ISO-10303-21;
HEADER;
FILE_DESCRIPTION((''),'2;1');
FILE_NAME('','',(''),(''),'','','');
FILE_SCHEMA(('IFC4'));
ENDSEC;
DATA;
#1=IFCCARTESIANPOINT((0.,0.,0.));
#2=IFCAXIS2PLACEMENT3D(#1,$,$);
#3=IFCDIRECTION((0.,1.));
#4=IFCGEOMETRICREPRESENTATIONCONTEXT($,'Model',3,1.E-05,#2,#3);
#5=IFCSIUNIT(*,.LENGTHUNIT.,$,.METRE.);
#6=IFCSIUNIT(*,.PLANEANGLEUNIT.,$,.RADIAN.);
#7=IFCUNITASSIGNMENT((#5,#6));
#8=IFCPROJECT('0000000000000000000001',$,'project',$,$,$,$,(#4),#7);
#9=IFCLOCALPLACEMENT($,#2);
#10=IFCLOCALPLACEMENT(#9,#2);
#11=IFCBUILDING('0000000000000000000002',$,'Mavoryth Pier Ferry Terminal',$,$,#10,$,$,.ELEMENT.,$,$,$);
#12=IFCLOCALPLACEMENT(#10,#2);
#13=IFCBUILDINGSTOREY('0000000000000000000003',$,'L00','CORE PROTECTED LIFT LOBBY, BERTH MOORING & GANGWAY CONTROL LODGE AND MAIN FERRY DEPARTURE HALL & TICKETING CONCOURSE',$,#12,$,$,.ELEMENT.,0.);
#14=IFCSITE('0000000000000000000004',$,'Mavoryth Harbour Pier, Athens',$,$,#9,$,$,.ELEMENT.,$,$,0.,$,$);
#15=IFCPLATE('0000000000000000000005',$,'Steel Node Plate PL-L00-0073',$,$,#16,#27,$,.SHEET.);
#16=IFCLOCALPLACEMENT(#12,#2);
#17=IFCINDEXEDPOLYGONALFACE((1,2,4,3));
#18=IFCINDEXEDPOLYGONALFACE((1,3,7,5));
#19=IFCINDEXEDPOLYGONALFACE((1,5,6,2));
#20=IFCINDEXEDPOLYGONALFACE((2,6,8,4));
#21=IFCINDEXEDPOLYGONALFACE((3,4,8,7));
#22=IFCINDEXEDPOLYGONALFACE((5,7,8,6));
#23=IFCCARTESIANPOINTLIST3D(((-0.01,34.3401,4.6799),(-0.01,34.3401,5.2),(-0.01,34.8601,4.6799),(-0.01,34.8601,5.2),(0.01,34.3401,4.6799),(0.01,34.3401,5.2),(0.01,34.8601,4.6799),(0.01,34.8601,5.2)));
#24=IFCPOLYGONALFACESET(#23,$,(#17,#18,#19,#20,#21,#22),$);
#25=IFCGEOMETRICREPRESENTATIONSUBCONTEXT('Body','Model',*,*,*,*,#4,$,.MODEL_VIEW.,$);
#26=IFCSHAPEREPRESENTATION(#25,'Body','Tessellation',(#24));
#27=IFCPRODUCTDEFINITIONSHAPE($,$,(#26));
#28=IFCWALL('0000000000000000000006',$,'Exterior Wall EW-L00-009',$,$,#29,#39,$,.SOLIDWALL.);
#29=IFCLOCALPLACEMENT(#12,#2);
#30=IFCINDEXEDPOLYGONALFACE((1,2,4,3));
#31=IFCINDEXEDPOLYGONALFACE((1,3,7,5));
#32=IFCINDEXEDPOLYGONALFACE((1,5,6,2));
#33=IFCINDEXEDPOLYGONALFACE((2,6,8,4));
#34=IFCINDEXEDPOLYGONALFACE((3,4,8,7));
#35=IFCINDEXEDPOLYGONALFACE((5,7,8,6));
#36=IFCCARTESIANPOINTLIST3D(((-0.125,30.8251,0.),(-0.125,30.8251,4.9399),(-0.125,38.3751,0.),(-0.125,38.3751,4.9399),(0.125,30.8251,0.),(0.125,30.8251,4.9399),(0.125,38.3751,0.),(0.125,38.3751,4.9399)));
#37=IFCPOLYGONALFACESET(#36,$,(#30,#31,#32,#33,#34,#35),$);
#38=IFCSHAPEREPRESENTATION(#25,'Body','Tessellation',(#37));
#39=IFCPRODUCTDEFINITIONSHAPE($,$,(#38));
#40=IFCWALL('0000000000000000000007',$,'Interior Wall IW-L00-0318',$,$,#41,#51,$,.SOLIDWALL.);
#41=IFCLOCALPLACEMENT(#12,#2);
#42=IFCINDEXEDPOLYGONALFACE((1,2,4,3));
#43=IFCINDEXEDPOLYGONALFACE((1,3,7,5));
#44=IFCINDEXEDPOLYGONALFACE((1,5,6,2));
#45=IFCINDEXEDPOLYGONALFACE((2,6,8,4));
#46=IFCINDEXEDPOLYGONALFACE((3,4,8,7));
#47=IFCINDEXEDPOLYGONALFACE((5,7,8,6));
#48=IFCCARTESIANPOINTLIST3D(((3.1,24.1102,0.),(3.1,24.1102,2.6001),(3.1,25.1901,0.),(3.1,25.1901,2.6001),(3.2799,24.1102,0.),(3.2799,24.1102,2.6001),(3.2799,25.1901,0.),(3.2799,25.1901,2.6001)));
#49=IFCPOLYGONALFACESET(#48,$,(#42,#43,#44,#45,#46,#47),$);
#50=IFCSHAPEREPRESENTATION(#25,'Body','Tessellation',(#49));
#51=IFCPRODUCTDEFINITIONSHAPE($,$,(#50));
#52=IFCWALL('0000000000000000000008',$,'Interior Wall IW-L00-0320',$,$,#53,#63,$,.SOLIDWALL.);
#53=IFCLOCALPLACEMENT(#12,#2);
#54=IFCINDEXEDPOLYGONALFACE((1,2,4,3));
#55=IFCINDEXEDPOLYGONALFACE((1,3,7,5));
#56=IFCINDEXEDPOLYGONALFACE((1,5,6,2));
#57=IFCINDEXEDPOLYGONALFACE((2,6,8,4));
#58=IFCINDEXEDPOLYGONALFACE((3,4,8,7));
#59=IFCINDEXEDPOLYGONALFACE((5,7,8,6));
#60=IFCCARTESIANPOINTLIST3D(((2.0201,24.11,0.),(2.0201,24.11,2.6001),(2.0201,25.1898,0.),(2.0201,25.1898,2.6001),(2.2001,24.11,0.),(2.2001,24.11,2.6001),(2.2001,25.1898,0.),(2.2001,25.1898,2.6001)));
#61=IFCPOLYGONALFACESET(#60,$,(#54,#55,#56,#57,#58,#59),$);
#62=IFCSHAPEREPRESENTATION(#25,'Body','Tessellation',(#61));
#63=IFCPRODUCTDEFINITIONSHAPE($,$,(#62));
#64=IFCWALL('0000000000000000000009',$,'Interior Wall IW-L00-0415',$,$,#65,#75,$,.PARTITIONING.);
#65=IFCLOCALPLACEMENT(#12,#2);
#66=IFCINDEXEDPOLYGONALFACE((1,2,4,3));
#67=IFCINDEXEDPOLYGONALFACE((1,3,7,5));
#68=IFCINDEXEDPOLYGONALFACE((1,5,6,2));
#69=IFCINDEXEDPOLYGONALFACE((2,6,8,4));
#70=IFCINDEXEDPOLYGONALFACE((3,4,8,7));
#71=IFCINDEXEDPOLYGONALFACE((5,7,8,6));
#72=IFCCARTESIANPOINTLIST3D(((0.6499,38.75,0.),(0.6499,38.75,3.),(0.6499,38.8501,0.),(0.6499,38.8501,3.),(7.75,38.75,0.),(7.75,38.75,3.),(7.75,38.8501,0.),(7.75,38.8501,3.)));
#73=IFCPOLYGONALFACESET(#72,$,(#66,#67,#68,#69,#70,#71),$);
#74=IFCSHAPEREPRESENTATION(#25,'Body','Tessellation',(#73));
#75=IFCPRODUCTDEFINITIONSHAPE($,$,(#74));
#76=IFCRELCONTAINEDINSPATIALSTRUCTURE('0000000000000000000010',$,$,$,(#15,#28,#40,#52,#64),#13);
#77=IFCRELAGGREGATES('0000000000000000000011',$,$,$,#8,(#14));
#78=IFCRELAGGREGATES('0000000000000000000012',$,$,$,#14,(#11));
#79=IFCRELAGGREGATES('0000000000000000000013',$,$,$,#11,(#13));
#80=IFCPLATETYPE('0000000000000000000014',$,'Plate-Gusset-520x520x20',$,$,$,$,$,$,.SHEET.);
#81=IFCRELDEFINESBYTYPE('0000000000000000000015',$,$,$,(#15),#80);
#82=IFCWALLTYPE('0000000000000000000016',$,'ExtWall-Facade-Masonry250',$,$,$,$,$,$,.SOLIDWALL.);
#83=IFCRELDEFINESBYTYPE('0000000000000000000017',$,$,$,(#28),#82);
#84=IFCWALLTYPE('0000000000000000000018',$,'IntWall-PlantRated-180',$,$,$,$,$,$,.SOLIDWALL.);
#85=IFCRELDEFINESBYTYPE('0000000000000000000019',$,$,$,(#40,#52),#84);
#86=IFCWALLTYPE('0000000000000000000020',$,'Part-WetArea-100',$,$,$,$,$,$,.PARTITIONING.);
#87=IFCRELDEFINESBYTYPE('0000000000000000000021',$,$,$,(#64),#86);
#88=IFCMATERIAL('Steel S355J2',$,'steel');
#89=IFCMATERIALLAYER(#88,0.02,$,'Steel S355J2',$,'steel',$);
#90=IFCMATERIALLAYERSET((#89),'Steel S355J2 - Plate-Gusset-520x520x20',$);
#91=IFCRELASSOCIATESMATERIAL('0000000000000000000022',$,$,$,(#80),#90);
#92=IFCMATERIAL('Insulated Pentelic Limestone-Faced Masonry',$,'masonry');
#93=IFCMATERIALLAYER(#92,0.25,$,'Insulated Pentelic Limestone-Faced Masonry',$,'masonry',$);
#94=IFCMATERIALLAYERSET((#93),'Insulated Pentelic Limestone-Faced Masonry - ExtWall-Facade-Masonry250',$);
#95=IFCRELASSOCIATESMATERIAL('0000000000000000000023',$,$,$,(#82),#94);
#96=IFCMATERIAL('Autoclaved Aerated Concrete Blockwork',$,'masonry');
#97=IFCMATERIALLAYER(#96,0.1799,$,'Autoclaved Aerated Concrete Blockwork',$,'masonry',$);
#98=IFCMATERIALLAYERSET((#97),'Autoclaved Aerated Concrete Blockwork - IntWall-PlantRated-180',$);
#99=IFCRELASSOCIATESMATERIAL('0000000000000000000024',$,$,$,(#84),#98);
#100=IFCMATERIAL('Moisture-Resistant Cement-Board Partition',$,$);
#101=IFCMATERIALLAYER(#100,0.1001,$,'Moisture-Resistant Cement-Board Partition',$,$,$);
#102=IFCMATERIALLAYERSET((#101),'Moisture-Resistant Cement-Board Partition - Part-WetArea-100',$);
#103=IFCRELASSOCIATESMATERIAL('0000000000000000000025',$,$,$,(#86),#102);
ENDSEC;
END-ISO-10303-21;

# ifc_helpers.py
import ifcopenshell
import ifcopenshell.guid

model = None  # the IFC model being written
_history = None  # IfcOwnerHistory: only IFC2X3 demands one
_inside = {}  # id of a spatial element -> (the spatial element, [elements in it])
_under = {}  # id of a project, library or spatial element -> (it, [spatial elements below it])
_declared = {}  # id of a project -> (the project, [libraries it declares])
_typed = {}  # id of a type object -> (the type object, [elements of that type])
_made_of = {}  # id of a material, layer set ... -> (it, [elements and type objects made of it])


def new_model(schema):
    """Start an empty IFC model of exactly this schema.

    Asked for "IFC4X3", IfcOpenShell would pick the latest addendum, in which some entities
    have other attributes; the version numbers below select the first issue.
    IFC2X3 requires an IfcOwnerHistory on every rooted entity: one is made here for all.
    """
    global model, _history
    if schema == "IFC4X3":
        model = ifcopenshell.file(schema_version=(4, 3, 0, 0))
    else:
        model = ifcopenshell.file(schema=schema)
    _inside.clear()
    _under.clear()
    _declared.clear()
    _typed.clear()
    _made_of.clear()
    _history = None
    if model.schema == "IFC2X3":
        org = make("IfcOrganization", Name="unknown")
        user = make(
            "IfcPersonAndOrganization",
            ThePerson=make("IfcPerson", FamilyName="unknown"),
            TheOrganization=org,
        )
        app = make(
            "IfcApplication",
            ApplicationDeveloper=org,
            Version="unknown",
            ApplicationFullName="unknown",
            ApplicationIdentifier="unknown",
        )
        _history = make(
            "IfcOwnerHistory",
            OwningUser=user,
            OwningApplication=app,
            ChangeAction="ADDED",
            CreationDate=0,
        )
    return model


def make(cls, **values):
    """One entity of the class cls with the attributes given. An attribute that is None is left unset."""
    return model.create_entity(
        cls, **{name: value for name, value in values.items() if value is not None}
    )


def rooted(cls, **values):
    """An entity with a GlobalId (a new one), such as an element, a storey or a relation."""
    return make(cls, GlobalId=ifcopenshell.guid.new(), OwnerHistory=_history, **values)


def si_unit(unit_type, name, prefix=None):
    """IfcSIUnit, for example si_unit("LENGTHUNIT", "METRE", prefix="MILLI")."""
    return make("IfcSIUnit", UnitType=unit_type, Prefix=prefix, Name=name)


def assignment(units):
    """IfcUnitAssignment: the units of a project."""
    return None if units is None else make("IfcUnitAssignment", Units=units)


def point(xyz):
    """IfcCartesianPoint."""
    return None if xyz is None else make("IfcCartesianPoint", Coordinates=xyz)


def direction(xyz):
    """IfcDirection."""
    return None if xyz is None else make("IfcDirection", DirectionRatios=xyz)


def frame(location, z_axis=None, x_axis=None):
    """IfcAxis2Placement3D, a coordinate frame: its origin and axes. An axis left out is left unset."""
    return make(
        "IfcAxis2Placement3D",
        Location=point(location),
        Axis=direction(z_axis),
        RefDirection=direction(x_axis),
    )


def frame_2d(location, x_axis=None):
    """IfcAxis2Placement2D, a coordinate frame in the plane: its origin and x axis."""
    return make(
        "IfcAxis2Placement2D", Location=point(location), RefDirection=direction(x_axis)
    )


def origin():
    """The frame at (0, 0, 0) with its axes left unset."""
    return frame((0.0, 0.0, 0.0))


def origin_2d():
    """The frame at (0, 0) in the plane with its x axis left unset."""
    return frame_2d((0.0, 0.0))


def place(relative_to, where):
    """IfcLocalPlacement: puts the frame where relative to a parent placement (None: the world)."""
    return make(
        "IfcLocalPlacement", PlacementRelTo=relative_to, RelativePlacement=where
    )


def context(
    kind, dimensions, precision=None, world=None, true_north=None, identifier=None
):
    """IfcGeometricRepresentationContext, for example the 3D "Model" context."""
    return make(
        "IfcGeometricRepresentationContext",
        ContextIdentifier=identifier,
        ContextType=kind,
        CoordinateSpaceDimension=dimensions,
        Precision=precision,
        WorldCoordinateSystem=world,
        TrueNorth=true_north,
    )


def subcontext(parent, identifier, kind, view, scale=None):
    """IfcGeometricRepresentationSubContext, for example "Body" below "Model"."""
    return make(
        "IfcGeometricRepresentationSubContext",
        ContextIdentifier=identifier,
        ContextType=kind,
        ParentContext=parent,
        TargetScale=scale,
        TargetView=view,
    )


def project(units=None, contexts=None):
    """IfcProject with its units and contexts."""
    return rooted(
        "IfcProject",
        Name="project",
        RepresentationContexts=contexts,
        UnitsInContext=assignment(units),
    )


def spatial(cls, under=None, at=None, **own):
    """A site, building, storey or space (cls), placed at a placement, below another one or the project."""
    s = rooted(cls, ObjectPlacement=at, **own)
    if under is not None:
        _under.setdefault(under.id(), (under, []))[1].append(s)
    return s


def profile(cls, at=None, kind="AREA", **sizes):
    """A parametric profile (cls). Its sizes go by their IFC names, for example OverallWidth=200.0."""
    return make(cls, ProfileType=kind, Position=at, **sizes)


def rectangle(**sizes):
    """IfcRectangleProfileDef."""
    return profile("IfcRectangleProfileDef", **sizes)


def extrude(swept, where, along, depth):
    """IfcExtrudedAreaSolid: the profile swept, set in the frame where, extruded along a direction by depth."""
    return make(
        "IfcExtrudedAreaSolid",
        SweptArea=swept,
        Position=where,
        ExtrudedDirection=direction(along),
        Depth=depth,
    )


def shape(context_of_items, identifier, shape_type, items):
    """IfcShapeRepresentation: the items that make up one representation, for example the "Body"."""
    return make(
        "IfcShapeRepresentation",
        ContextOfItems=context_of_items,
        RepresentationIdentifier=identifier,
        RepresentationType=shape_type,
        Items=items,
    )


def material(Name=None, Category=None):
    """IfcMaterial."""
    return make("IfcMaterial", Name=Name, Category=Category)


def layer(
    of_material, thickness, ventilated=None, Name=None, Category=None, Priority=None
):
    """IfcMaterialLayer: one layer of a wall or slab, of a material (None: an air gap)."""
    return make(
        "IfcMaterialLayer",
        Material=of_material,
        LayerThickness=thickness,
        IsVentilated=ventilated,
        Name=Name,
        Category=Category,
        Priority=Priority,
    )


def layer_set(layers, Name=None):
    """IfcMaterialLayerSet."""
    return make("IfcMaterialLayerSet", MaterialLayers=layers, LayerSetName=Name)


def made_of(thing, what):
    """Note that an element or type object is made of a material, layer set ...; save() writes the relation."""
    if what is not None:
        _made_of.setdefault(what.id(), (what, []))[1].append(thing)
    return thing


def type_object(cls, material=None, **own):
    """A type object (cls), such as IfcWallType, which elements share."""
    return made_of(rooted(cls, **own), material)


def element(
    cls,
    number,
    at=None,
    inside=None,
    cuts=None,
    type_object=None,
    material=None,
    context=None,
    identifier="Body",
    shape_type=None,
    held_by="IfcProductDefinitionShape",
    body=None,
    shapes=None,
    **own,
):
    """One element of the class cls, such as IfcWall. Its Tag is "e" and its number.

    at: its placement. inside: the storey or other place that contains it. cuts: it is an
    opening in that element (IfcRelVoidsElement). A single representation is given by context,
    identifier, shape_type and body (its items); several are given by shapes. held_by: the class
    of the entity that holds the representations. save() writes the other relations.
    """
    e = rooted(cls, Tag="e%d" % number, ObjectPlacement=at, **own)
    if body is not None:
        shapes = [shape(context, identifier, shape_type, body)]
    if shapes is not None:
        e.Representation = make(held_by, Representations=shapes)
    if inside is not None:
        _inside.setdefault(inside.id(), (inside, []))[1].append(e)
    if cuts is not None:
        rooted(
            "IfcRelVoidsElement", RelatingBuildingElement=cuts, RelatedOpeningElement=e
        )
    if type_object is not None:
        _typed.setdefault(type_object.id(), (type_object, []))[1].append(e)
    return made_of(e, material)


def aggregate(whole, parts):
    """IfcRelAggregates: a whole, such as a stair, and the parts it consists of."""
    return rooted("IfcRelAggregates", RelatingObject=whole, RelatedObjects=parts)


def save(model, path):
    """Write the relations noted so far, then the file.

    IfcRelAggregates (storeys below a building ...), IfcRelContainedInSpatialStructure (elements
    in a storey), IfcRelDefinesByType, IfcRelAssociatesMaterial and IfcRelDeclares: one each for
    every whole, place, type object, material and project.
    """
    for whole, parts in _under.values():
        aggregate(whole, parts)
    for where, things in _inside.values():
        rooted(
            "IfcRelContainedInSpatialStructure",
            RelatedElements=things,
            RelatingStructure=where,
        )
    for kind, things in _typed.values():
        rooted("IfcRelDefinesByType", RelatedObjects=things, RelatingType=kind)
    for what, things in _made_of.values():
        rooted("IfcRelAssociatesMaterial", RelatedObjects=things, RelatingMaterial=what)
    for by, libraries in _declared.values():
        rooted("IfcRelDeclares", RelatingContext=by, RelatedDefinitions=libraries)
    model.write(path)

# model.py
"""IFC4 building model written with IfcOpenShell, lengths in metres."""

from ifc_helpers import new_model, si_unit, direction, frame, frame_2d, origin, origin_2d, place, context, subcontext, project, spatial, rectangle, extrude, material, layer, layer_set, type_object, element, save


model = new_model("IFC4")

# Units and contexts
model_context = context("Model", 3, precision=1e-05, world=origin(), true_north=direction((0.0, 1.0)))
body_context = subcontext(model_context, "Body", "Model", "MODEL_VIEW")
ifc_project = project(units=[si_unit("LENGTHUNIT", "METRE"), si_unit("PLANEANGLEUNIT", "RADIAN")], contexts=[model_context])

# Site, building, storey
site_placement = place(None, origin())
site = spatial("IfcSite", under=ifc_project, at=site_placement, Name="Mavoryth Harbour Pier, Athens", CompositionType="ELEMENT", RefElevation=0.0)
building_placement = place(site_placement, origin())
building = spatial("IfcBuilding", under=site, at=building_placement, Name="Mavoryth Pier Ferry Terminal", CompositionType="ELEMENT")
storey_placement = place(building_placement, origin())
storey = spatial("IfcBuildingStorey", under=building, at=storey_placement, Name="L00", Description="CORE PROTECTED LIFT LOBBY, BERTH MOORING & GANGWAY CONTROL LODGE AND MAIN FERRY DEPARTURE HALL & TICKETING CONCOURSE", CompositionType="ELEMENT", Elevation=0.0)

# Shared definitions
ifc_material_1 = material(Name="Steel S355J2", Category="steel")

# Plate
ifc_layer_1 = layer(ifc_material_1, 0.02, Name="Steel S355J2", Category="steel")
ifc_layer_set_1 = layer_set([ifc_layer_1], Name="Steel S355J2 - Plate-Gusset-520x520x20")
plate_type_1 = type_object("IfcPlateType", Name="Plate-Gusset-520x520x20", PredefinedType="SHEET", material=ifc_layer_set_1)
plate_1_placement = place(storey_placement, frame((0.0, 34.6001, 4.6799), z_axis=(0.0, 0.0, 1.0), x_axis=(0.0, 1.0, 0.0)))
element("IfcPlate", 1, at=plate_1_placement, inside=storey, type_object=plate_type_1, Name="Steel Node Plate PL-L00-0073", PredefinedType="SHEET", context=body_context, shape_type="SweptSolid", body=[
    extrude(rectangle(XDim=0.52, YDim=0.02, at=origin_2d()), origin(), (0.0, 0.0, 1.0), 0.52),
])

# Walls
ifc_material_2 = material(Name="Insulated Pentelic Limestone-Faced Masonry", Category="masonry")
ifc_layer_2 = layer(ifc_material_2, 0.25, Name="Insulated Pentelic Limestone-Faced Masonry", Category="masonry")
ifc_layer_set_2 = layer_set([ifc_layer_2], Name="Insulated Pentelic Limestone-Faced Masonry - ExtWall-Facade-Masonry250")
wall_type_1 = type_object("IfcWallType", Name="ExtWall-Facade-Masonry250", PredefinedType="SOLIDWALL", material=ifc_layer_set_2)
wall_1_placement = place(storey_placement, frame((0.0, 38.375, 0.0), z_axis=(0.0, 0.0, 1.0), x_axis=(0.0, -1.0, 0.0)))
element("IfcWall", 2, at=wall_1_placement, inside=storey, type_object=wall_type_1, Name="Exterior Wall EW-L00-009", PredefinedType="SOLIDWALL", context=body_context, shape_type="SweptSolid", body=[
    extrude(rectangle(XDim=7.55, YDim=0.25, at=frame_2d((3.7749, 0.0))), origin(), (0.0, 0.0, 1.0), 4.9399),
])
ifc_material_3 = material(Name="Autoclaved Aerated Concrete Blockwork", Category="masonry")
ifc_layer_3 = layer(ifc_material_3, 0.1799, Name="Autoclaved Aerated Concrete Blockwork", Category="masonry")
ifc_layer_set_3 = layer_set([ifc_layer_3], Name="Autoclaved Aerated Concrete Blockwork - IntWall-PlantRated-180")
wall_type_2 = type_object("IfcWallType", Name="IntWall-PlantRated-180", PredefinedType="SOLIDWALL", material=ifc_layer_set_3)
for number, where, z_axis, x_axis, name in (
    (3, (3.1899, 24.1101, 0.0), (0.0, 0.0, 1.0), (0.0, 1.0, 0.0), "Interior Wall IW-L00-0318"),
    (4, (2.1101, 25.1899, 0.0), (0.0, 0.0, 1.0), (0.0, -1.0, 0.0), "Interior Wall IW-L00-0320"),
):
    element("IfcWall", number, at=place(storey_placement, frame(where, z_axis=z_axis, x_axis=x_axis)), inside=storey, type_object=wall_type_2, Name=name, PredefinedType="SOLIDWALL", context=body_context, shape_type="SweptSolid", body=[
        extrude(rectangle(XDim=1.0798, YDim=0.1799, at=frame_2d((0.54, 0.0))), origin(), (0.0, 0.0, 1.0), 2.6001),
    ])
ifc_material_4 = material(Name="Moisture-Resistant Cement-Board Partition")
ifc_layer_4 = layer(ifc_material_4, 0.1001, Name="Moisture-Resistant Cement-Board Partition")
ifc_layer_set_4 = layer_set([ifc_layer_4], Name="Moisture-Resistant Cement-Board Partition - Part-WetArea-100")
wall_type_3 = type_object("IfcWallType", Name="Part-WetArea-100", PredefinedType="PARTITIONING", material=ifc_layer_set_4)
wall_2_placement = place(storey_placement, frame((0.6499, 38.8, 0.0), z_axis=(0.0, 0.0, 1.0), x_axis=(1.0, 0.0, 0.0)))
element("IfcWall", 5, at=wall_2_placement, inside=storey, type_object=wall_type_3, Name="Interior Wall IW-L00-0415", PredefinedType="PARTITIONING", context=body_context, shape_type="SweptSolid", body=[
    extrude(rectangle(XDim=7.1001, YDim=0.1001, at=frame_2d((3.55, 0.0))), origin(), (0.0, 0.0, 1.0), 3.0),
])

save(model, "model.ifc")
